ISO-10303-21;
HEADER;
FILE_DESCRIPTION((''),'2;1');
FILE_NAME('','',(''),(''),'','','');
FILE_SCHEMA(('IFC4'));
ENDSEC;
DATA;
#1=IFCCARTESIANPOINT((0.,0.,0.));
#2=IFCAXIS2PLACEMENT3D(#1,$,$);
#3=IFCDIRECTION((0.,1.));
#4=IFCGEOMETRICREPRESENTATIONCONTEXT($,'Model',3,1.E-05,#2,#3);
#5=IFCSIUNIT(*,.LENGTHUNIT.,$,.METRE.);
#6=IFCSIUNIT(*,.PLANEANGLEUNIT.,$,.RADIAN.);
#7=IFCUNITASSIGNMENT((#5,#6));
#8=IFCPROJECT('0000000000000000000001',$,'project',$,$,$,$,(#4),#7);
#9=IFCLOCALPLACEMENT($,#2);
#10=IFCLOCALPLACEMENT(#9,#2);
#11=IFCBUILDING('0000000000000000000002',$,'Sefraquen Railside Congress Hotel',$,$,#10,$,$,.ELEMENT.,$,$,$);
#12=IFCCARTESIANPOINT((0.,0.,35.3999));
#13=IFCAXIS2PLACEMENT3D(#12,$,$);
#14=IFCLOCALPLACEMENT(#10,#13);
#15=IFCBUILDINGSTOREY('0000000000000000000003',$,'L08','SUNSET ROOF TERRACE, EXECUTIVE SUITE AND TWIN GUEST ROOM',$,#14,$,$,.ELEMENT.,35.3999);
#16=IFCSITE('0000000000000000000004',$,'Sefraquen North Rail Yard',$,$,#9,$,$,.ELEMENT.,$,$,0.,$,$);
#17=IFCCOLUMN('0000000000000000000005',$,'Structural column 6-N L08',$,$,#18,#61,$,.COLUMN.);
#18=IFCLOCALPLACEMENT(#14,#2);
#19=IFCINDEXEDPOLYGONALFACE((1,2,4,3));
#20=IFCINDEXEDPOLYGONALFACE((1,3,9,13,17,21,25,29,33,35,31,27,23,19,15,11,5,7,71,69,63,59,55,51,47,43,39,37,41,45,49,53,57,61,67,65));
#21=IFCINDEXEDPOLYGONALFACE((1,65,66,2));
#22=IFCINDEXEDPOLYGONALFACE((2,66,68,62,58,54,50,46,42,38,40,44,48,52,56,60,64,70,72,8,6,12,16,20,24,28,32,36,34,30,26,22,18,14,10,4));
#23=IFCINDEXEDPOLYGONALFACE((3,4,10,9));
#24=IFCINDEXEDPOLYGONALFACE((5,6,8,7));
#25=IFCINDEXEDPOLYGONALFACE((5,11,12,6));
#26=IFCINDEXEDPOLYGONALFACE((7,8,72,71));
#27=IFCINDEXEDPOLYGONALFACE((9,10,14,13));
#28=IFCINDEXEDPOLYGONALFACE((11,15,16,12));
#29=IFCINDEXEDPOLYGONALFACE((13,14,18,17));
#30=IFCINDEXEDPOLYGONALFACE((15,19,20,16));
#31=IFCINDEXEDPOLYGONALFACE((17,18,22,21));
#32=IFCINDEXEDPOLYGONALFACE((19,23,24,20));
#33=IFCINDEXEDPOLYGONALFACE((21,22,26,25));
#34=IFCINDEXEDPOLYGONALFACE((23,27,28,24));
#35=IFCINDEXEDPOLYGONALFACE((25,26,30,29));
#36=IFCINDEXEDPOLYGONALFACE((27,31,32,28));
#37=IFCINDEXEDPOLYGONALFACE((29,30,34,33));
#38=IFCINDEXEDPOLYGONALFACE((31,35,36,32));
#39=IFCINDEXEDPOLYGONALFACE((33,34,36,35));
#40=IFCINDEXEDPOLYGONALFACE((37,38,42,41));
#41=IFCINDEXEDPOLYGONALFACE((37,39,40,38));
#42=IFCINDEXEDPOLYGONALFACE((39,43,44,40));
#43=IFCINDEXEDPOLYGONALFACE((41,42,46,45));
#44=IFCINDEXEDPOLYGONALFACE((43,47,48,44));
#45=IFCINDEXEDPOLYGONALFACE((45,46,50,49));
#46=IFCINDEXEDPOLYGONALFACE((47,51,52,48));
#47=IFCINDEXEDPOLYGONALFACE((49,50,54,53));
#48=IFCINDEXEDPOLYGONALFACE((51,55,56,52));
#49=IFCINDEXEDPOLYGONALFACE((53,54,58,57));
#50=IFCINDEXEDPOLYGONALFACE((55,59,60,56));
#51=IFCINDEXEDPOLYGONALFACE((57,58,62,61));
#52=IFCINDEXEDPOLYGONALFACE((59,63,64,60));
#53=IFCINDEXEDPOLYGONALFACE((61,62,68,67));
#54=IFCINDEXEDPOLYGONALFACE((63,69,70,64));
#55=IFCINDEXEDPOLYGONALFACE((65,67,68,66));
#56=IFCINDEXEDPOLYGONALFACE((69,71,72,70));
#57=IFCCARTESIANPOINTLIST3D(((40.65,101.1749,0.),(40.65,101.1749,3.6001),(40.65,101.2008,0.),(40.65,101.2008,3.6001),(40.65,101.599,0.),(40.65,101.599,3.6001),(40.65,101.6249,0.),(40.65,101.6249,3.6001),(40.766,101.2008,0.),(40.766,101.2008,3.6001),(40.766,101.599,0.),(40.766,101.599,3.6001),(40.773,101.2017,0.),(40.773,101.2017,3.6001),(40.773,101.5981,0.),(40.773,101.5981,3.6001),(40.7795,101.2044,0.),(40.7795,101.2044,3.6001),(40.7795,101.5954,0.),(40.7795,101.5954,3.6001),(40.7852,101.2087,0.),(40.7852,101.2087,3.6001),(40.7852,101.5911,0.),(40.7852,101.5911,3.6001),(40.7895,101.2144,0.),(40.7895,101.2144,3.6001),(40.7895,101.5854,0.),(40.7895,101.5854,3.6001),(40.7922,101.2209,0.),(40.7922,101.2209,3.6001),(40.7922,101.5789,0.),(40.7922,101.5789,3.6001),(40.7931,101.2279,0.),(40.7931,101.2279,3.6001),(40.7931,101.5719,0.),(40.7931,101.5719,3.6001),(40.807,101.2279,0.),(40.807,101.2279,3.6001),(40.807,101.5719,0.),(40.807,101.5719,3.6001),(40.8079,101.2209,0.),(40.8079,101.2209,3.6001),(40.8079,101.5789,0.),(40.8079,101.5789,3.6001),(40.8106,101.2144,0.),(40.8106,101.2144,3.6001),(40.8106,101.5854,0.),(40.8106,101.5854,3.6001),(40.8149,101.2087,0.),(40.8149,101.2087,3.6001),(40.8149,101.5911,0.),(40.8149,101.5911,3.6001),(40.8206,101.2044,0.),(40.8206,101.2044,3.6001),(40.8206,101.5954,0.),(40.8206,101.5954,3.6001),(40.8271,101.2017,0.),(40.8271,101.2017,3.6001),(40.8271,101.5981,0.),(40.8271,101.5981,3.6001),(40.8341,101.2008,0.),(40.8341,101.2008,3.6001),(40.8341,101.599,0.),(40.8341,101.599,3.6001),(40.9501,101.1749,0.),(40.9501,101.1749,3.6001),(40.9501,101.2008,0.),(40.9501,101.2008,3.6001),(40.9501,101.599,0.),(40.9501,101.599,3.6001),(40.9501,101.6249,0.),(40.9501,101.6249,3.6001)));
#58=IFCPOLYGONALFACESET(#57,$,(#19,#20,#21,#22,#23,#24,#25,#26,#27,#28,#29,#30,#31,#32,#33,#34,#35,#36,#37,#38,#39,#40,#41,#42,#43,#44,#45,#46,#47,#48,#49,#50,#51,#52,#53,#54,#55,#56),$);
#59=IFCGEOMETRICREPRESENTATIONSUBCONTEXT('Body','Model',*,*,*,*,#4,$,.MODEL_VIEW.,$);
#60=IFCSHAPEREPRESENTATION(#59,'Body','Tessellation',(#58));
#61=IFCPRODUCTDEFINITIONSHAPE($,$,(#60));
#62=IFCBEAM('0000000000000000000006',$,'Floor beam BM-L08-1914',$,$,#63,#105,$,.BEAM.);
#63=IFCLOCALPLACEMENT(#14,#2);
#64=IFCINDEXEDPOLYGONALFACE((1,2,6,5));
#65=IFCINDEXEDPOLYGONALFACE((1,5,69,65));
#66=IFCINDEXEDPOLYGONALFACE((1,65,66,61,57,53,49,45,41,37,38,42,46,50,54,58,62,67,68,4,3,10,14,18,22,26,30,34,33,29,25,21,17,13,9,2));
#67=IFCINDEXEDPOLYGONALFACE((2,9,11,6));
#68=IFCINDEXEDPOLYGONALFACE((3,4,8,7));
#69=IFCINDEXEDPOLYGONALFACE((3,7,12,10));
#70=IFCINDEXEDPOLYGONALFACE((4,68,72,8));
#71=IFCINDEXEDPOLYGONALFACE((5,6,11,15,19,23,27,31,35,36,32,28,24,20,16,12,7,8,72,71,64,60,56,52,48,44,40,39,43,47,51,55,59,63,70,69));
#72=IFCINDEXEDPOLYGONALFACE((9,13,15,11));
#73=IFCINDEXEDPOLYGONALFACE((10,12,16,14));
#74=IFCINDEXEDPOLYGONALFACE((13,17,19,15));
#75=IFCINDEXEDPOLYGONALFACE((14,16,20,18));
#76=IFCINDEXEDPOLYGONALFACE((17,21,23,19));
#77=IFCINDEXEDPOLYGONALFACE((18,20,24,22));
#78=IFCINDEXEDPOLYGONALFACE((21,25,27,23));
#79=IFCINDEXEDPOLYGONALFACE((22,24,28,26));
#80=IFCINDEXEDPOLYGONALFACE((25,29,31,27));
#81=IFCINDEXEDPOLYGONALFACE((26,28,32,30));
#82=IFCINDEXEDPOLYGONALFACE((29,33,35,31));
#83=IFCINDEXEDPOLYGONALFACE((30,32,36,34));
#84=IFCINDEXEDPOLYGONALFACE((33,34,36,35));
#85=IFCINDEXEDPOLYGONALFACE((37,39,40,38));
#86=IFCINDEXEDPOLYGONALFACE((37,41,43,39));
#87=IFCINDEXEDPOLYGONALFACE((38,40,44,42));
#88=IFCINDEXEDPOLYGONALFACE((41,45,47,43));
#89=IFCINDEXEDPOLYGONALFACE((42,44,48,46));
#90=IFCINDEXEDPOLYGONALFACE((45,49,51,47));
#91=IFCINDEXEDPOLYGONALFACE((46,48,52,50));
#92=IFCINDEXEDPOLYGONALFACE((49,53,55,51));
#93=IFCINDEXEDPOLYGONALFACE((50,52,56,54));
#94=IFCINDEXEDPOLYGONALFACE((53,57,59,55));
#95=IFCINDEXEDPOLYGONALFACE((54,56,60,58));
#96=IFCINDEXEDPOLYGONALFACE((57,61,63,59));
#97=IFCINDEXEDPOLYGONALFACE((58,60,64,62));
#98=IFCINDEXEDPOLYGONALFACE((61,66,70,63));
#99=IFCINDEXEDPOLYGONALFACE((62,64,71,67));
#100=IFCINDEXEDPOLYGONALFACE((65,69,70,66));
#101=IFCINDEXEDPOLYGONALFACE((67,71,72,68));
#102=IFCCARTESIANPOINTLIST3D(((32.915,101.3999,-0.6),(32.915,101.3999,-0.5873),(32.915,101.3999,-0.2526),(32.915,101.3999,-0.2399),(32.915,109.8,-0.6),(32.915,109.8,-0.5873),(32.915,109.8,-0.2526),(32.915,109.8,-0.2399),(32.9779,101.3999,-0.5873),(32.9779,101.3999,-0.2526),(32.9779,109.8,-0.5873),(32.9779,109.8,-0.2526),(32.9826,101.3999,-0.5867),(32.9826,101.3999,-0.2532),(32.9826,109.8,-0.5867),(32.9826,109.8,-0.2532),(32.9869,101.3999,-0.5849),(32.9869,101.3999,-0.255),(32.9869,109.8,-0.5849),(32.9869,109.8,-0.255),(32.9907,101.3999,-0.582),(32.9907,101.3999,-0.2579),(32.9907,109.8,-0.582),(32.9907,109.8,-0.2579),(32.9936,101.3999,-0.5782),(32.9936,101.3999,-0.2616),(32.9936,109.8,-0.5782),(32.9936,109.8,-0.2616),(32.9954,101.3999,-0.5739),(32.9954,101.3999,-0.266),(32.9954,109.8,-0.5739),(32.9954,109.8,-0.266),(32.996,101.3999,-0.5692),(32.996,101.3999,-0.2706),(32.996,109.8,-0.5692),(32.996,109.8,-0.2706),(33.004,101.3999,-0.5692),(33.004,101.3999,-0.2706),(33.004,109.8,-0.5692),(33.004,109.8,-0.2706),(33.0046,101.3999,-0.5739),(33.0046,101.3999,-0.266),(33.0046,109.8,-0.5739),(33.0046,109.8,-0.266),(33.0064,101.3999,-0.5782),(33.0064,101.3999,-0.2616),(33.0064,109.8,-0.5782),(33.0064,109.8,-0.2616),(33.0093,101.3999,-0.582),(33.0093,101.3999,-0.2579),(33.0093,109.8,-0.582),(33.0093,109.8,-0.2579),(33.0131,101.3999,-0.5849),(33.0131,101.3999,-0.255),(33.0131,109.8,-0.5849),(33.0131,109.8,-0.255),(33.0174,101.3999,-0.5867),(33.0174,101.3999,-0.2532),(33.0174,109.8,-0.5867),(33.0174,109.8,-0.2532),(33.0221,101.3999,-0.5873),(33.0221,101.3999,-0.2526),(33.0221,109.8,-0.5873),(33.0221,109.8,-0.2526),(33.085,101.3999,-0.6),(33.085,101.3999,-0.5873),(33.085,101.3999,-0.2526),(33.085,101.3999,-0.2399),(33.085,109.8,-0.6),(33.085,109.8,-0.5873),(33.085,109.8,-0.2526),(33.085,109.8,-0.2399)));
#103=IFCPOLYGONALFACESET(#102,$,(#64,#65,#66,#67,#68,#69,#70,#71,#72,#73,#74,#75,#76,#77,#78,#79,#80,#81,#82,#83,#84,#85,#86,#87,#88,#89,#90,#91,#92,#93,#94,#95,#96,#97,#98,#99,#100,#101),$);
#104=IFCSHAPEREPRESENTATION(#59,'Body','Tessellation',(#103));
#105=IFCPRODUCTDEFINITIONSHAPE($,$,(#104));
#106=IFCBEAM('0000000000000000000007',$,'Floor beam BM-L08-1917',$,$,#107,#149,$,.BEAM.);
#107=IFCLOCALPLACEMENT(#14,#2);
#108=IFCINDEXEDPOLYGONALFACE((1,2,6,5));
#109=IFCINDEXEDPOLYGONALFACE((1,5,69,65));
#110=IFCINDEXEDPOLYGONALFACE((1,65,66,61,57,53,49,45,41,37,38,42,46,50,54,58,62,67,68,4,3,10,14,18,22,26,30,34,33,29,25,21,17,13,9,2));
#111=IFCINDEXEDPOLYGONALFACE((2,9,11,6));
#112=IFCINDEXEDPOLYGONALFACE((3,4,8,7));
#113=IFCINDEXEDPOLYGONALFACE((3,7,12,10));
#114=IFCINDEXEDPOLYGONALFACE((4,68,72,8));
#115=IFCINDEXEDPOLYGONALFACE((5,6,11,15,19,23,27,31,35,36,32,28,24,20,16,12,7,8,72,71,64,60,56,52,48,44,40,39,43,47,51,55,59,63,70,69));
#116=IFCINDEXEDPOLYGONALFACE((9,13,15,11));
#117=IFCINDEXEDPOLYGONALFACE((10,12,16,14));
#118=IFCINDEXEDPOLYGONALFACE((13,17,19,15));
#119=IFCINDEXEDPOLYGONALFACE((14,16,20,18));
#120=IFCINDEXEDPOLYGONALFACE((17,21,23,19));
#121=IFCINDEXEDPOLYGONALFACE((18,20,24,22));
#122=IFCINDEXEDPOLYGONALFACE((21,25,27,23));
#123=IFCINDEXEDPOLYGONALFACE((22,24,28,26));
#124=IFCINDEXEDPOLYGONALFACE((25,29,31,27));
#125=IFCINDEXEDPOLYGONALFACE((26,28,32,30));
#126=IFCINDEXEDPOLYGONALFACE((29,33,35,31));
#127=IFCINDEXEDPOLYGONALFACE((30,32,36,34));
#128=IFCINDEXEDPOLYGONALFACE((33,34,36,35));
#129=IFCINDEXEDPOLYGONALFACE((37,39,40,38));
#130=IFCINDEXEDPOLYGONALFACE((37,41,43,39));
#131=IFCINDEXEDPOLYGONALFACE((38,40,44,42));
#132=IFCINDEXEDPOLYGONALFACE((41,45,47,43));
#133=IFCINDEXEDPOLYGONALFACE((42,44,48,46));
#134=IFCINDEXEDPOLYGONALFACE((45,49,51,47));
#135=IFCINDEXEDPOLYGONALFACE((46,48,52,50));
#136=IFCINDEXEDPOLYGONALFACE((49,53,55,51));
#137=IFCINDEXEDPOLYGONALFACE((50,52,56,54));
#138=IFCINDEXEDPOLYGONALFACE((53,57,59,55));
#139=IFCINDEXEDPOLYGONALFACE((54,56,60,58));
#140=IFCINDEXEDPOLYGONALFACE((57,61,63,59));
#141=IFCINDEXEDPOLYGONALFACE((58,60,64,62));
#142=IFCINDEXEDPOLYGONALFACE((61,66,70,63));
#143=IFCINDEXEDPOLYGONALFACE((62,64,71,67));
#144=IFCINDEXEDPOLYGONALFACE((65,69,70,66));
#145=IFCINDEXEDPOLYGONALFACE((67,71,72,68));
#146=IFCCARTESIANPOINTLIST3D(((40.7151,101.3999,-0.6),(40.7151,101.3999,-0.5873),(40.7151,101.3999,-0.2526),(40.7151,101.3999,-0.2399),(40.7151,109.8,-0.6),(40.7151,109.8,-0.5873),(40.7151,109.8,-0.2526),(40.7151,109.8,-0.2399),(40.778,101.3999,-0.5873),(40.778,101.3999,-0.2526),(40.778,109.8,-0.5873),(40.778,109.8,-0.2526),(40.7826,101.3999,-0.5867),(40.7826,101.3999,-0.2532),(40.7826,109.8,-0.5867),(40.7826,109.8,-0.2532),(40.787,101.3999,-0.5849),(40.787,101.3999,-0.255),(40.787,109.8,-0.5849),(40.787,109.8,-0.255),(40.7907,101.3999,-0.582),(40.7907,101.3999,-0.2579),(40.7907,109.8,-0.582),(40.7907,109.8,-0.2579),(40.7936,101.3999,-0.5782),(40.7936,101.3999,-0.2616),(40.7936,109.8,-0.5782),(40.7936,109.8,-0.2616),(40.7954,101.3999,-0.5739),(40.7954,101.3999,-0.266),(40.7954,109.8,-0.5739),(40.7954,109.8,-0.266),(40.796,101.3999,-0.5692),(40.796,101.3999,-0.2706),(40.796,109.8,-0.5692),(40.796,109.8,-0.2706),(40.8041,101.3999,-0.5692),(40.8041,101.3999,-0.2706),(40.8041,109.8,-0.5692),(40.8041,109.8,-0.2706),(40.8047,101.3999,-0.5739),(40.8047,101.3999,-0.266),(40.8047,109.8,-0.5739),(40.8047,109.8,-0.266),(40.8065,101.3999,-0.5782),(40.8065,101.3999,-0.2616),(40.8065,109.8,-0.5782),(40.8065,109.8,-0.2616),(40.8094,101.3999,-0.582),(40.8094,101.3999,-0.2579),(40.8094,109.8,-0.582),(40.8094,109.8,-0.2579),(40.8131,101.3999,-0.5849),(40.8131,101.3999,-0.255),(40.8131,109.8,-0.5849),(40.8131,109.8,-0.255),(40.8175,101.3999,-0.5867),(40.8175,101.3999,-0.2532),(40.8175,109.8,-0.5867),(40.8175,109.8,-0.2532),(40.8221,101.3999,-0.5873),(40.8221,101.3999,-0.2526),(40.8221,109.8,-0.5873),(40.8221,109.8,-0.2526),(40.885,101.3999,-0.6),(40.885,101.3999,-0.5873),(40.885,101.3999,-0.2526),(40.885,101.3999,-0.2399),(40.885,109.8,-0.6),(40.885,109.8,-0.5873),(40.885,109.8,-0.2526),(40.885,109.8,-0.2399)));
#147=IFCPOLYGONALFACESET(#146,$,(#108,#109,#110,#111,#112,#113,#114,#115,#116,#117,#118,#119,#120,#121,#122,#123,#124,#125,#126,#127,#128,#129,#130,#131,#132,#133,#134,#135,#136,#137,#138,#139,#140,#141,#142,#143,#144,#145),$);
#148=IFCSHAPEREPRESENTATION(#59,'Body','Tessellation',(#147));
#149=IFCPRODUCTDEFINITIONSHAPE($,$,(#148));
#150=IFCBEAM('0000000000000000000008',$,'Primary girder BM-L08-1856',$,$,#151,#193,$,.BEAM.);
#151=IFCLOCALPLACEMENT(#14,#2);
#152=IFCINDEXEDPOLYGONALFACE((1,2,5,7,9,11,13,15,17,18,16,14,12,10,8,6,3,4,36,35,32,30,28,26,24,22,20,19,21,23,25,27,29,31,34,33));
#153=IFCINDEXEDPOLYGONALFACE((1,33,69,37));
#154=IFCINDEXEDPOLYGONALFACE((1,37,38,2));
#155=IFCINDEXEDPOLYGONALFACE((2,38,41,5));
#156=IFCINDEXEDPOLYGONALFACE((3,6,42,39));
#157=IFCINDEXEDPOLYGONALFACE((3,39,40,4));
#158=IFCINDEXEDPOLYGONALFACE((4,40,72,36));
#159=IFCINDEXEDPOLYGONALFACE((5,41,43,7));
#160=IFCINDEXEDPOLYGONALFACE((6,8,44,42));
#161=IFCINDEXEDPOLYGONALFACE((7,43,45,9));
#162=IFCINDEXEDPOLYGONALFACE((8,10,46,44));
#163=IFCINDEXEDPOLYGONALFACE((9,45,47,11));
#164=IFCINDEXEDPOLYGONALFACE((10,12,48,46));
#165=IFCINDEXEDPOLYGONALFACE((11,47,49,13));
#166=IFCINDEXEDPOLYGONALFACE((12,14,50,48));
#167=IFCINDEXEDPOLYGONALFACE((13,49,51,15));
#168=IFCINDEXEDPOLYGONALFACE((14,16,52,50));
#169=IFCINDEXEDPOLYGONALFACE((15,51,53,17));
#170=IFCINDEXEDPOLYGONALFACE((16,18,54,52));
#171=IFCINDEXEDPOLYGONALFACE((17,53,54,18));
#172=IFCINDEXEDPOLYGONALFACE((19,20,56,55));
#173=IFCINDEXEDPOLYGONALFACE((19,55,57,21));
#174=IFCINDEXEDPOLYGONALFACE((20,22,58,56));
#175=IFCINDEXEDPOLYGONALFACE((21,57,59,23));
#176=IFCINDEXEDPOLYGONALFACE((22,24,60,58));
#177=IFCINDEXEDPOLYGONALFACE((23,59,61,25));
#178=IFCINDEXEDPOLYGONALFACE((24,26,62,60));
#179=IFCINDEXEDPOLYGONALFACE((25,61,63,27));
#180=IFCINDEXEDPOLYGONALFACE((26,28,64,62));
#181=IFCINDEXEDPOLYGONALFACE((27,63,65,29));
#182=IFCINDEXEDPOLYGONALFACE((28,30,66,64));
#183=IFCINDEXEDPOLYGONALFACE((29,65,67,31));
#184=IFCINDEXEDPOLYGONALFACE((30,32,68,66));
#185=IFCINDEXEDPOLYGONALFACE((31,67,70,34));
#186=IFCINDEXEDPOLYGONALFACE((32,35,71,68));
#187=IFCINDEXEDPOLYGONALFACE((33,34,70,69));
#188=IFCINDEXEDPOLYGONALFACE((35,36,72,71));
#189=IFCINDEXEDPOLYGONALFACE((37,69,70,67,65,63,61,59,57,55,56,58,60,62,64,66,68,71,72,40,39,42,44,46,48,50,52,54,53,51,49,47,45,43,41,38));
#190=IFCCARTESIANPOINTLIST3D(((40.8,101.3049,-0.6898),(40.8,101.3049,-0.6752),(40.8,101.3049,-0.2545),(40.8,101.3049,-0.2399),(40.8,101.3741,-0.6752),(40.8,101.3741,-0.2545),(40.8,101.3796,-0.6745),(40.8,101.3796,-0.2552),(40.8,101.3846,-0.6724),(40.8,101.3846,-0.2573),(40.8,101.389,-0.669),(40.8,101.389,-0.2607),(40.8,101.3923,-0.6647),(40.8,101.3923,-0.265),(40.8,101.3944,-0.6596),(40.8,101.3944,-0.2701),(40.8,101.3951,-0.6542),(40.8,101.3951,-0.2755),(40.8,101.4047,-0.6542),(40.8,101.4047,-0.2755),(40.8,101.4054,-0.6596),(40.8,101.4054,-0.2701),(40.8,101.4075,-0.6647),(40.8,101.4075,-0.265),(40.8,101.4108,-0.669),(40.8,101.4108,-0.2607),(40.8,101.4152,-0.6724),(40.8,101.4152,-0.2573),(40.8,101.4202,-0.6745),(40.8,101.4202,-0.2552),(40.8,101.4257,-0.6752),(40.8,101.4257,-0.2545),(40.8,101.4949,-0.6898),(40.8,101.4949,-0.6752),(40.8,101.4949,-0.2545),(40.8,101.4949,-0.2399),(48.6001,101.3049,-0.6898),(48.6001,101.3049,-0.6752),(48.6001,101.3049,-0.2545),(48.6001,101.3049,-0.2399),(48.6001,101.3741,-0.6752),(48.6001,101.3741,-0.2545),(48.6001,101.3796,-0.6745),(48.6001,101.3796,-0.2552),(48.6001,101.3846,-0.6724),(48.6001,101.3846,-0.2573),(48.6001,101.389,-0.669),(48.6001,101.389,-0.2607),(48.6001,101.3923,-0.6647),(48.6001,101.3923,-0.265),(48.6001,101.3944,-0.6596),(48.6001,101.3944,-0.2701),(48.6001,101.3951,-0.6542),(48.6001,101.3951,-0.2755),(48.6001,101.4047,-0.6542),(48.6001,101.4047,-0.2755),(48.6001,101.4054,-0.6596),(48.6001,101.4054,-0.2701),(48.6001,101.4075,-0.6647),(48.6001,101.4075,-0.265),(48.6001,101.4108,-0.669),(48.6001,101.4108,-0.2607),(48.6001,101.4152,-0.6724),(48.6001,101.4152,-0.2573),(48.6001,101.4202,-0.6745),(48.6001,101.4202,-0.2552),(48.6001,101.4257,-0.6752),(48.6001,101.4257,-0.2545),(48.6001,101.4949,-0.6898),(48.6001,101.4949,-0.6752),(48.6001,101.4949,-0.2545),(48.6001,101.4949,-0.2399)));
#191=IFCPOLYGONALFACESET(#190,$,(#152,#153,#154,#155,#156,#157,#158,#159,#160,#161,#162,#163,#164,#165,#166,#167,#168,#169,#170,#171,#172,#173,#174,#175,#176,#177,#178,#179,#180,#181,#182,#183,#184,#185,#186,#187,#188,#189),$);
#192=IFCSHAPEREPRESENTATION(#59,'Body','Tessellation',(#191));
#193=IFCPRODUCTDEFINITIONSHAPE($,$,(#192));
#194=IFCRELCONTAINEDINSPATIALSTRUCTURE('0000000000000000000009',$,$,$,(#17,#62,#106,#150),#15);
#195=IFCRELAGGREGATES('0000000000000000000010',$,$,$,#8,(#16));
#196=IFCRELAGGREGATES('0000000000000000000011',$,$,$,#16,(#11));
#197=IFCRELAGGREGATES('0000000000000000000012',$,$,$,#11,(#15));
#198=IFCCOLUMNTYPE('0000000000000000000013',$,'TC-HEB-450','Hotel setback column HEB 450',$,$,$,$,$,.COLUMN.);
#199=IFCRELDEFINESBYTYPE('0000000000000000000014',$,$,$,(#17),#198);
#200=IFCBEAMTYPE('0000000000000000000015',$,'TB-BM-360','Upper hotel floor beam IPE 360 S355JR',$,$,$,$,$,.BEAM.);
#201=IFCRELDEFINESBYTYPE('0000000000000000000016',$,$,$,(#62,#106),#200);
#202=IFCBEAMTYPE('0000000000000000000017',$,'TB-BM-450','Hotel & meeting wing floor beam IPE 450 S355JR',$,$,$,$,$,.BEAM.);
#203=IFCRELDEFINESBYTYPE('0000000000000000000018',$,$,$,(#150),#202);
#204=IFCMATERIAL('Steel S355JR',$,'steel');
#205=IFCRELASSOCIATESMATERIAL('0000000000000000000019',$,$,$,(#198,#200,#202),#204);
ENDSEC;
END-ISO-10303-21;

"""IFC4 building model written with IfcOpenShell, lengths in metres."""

from ifc_helpers import new_model, si_unit, direction, frame, origin, origin_2d, place, context, subcontext, project, spatial, i_section, extrude, material, material_profile, profile_set, type_object, element, save


model = new_model("IFC4")

# Units and contexts
model_context = context("Model", 3, precision=1e-05, world=origin(), true_north=direction((0.0, 1.0)))
body_context = subcontext(model_context, "Body", "Model", "MODEL_VIEW")
ifc_project = project(units=[si_unit("LENGTHUNIT", "METRE"), si_unit("PLANEANGLEUNIT", "RADIAN")], contexts=[model_context])

# Site, building, storey
site_placement = place(None, origin())
site = spatial("IfcSite", under=ifc_project, at=site_placement, Name="Sefraquen North Rail Yard", CompositionType="ELEMENT", RefElevation=0.0)
building_placement = place(site_placement, origin())
building = spatial("IfcBuilding", under=site, at=building_placement, Name="Sefraquen Railside Congress Hotel", CompositionType="ELEMENT")
storey_placement = place(building_placement, frame((0.0, 0.0, 35.3999)))
storey = spatial("IfcBuildingStorey", under=building, at=storey_placement, Name="L08", Description="SUNSET ROOF TERRACE, EXECUTIVE SUITE AND TWIN GUEST ROOM", CompositionType="ELEMENT", Elevation=35.3999)

# Column
ifc_material_1 = material(Name="Steel S355JR", Category="steel")
ifc_material_profile_1 = material_profile(ifc_material_1, i_section(OverallWidth=0.3, OverallDepth=0.45, WebThickness=0.0139, FlangeThickness=0.0259, FilletRadius=0.0271, at=origin_2d()), Name="HEB 450")
ifc_profile_set_1 = profile_set([ifc_material_profile_1], Name="Steel S355JR")
column_type = type_object("IfcColumnType", Name="TC-HEB-450", Description="Hotel setback column HEB 450", PredefinedType="COLUMN", material=ifc_profile_set_1)
column_placement = place(storey_placement, frame((40.8, 101.3999, 0.0), z_axis=(0.0, 0.0, 1.0), x_axis=(1.0, 0.0, 0.0)))
element("IfcColumn", 1, at=column_placement, inside=storey, type_object=column_type, Name="Structural column 6-N L08", PredefinedType="COLUMN", context=body_context, shape_type="SweptSolid", body=[
    extrude(i_section(OverallWidth=0.3, OverallDepth=0.45, WebThickness=0.0139, FlangeThickness=0.0259, FilletRadius=0.0271, at=origin_2d()), origin(), (0.0, 0.0, 1.0), 3.6001),
])

# Beams
ifc_material_profile_2 = material_profile(ifc_material_1, i_section(OverallWidth=0.1699, OverallDepth=0.3601, WebThickness=0.0081, FlangeThickness=0.0127, FilletRadius=0.0181, at=origin_2d()), Name="IPE 360")
ifc_profile_set_2 = profile_set([ifc_material_profile_2], Name="Steel S355JR")
beam_type_1 = type_object("IfcBeamType", Name="TB-BM-360", Description="Upper hotel floor beam IPE 360 S355JR", PredefinedType="BEAM", material=ifc_profile_set_2)
for number, where, z_axis, x_axis, name in (
    (2, (33.0, 101.3999, -0.4199), (0.0, 1.0, 0.0), (-1.0, 0.0, 0.0), "Floor beam BM-L08-1914"),
    (3, (40.8, 101.3999, -0.4199), (0.0, 1.0, 0.0), (-1.0, 0.0, 0.0), "Floor beam BM-L08-1917"),
):
    element("IfcBeam", number, at=place(storey_placement, frame(where, z_axis=z_axis, x_axis=x_axis)), inside=storey, type_object=beam_type_1, Name=name, PredefinedType="BEAM", context=body_context, shape_type="SweptSolid", body=[
        extrude(i_section(OverallWidth=0.1699, OverallDepth=0.3601, WebThickness=0.0081, FlangeThickness=0.0127, FilletRadius=0.0181, at=origin_2d()), origin(), (0.0, 0.0, 1.0), 8.4001),
    ])
ifc_material_profile_3 = material_profile(ifc_material_1, i_section(OverallWidth=0.1899, OverallDepth=0.45, WebThickness=0.0095, FlangeThickness=0.0146, FilletRadius=0.021, at=origin_2d()), Name="IPE 450")
ifc_profile_set_3 = profile_set([ifc_material_profile_3], Name="Steel S355JR")
beam_type_2 = type_object("IfcBeamType", Name="TB-BM-450", Description="Hotel & meeting wing floor beam IPE 450 S355JR", PredefinedType="BEAM", material=ifc_profile_set_3)
beam_1_placement = place(storey_placement, frame((40.8, 101.3999, -0.4648), z_axis=(1.0, 0.0, 0.0), x_axis=(0.0, 1.0, 0.0)))
element("IfcBeam", 4, at=beam_1_placement, inside=storey, type_object=beam_type_2, Name="Primary girder BM-L08-1856", PredefinedType="BEAM", context=body_context, shape_type="SweptSolid", body=[
    extrude(i_section(OverallWidth=0.1899, OverallDepth=0.45, WebThickness=0.0095, FlangeThickness=0.0146, FilletRadius=0.021, at=origin_2d()), origin(), (0.0, 0.0, 1.0), 7.8),
])

save(model, "model.ifc")
